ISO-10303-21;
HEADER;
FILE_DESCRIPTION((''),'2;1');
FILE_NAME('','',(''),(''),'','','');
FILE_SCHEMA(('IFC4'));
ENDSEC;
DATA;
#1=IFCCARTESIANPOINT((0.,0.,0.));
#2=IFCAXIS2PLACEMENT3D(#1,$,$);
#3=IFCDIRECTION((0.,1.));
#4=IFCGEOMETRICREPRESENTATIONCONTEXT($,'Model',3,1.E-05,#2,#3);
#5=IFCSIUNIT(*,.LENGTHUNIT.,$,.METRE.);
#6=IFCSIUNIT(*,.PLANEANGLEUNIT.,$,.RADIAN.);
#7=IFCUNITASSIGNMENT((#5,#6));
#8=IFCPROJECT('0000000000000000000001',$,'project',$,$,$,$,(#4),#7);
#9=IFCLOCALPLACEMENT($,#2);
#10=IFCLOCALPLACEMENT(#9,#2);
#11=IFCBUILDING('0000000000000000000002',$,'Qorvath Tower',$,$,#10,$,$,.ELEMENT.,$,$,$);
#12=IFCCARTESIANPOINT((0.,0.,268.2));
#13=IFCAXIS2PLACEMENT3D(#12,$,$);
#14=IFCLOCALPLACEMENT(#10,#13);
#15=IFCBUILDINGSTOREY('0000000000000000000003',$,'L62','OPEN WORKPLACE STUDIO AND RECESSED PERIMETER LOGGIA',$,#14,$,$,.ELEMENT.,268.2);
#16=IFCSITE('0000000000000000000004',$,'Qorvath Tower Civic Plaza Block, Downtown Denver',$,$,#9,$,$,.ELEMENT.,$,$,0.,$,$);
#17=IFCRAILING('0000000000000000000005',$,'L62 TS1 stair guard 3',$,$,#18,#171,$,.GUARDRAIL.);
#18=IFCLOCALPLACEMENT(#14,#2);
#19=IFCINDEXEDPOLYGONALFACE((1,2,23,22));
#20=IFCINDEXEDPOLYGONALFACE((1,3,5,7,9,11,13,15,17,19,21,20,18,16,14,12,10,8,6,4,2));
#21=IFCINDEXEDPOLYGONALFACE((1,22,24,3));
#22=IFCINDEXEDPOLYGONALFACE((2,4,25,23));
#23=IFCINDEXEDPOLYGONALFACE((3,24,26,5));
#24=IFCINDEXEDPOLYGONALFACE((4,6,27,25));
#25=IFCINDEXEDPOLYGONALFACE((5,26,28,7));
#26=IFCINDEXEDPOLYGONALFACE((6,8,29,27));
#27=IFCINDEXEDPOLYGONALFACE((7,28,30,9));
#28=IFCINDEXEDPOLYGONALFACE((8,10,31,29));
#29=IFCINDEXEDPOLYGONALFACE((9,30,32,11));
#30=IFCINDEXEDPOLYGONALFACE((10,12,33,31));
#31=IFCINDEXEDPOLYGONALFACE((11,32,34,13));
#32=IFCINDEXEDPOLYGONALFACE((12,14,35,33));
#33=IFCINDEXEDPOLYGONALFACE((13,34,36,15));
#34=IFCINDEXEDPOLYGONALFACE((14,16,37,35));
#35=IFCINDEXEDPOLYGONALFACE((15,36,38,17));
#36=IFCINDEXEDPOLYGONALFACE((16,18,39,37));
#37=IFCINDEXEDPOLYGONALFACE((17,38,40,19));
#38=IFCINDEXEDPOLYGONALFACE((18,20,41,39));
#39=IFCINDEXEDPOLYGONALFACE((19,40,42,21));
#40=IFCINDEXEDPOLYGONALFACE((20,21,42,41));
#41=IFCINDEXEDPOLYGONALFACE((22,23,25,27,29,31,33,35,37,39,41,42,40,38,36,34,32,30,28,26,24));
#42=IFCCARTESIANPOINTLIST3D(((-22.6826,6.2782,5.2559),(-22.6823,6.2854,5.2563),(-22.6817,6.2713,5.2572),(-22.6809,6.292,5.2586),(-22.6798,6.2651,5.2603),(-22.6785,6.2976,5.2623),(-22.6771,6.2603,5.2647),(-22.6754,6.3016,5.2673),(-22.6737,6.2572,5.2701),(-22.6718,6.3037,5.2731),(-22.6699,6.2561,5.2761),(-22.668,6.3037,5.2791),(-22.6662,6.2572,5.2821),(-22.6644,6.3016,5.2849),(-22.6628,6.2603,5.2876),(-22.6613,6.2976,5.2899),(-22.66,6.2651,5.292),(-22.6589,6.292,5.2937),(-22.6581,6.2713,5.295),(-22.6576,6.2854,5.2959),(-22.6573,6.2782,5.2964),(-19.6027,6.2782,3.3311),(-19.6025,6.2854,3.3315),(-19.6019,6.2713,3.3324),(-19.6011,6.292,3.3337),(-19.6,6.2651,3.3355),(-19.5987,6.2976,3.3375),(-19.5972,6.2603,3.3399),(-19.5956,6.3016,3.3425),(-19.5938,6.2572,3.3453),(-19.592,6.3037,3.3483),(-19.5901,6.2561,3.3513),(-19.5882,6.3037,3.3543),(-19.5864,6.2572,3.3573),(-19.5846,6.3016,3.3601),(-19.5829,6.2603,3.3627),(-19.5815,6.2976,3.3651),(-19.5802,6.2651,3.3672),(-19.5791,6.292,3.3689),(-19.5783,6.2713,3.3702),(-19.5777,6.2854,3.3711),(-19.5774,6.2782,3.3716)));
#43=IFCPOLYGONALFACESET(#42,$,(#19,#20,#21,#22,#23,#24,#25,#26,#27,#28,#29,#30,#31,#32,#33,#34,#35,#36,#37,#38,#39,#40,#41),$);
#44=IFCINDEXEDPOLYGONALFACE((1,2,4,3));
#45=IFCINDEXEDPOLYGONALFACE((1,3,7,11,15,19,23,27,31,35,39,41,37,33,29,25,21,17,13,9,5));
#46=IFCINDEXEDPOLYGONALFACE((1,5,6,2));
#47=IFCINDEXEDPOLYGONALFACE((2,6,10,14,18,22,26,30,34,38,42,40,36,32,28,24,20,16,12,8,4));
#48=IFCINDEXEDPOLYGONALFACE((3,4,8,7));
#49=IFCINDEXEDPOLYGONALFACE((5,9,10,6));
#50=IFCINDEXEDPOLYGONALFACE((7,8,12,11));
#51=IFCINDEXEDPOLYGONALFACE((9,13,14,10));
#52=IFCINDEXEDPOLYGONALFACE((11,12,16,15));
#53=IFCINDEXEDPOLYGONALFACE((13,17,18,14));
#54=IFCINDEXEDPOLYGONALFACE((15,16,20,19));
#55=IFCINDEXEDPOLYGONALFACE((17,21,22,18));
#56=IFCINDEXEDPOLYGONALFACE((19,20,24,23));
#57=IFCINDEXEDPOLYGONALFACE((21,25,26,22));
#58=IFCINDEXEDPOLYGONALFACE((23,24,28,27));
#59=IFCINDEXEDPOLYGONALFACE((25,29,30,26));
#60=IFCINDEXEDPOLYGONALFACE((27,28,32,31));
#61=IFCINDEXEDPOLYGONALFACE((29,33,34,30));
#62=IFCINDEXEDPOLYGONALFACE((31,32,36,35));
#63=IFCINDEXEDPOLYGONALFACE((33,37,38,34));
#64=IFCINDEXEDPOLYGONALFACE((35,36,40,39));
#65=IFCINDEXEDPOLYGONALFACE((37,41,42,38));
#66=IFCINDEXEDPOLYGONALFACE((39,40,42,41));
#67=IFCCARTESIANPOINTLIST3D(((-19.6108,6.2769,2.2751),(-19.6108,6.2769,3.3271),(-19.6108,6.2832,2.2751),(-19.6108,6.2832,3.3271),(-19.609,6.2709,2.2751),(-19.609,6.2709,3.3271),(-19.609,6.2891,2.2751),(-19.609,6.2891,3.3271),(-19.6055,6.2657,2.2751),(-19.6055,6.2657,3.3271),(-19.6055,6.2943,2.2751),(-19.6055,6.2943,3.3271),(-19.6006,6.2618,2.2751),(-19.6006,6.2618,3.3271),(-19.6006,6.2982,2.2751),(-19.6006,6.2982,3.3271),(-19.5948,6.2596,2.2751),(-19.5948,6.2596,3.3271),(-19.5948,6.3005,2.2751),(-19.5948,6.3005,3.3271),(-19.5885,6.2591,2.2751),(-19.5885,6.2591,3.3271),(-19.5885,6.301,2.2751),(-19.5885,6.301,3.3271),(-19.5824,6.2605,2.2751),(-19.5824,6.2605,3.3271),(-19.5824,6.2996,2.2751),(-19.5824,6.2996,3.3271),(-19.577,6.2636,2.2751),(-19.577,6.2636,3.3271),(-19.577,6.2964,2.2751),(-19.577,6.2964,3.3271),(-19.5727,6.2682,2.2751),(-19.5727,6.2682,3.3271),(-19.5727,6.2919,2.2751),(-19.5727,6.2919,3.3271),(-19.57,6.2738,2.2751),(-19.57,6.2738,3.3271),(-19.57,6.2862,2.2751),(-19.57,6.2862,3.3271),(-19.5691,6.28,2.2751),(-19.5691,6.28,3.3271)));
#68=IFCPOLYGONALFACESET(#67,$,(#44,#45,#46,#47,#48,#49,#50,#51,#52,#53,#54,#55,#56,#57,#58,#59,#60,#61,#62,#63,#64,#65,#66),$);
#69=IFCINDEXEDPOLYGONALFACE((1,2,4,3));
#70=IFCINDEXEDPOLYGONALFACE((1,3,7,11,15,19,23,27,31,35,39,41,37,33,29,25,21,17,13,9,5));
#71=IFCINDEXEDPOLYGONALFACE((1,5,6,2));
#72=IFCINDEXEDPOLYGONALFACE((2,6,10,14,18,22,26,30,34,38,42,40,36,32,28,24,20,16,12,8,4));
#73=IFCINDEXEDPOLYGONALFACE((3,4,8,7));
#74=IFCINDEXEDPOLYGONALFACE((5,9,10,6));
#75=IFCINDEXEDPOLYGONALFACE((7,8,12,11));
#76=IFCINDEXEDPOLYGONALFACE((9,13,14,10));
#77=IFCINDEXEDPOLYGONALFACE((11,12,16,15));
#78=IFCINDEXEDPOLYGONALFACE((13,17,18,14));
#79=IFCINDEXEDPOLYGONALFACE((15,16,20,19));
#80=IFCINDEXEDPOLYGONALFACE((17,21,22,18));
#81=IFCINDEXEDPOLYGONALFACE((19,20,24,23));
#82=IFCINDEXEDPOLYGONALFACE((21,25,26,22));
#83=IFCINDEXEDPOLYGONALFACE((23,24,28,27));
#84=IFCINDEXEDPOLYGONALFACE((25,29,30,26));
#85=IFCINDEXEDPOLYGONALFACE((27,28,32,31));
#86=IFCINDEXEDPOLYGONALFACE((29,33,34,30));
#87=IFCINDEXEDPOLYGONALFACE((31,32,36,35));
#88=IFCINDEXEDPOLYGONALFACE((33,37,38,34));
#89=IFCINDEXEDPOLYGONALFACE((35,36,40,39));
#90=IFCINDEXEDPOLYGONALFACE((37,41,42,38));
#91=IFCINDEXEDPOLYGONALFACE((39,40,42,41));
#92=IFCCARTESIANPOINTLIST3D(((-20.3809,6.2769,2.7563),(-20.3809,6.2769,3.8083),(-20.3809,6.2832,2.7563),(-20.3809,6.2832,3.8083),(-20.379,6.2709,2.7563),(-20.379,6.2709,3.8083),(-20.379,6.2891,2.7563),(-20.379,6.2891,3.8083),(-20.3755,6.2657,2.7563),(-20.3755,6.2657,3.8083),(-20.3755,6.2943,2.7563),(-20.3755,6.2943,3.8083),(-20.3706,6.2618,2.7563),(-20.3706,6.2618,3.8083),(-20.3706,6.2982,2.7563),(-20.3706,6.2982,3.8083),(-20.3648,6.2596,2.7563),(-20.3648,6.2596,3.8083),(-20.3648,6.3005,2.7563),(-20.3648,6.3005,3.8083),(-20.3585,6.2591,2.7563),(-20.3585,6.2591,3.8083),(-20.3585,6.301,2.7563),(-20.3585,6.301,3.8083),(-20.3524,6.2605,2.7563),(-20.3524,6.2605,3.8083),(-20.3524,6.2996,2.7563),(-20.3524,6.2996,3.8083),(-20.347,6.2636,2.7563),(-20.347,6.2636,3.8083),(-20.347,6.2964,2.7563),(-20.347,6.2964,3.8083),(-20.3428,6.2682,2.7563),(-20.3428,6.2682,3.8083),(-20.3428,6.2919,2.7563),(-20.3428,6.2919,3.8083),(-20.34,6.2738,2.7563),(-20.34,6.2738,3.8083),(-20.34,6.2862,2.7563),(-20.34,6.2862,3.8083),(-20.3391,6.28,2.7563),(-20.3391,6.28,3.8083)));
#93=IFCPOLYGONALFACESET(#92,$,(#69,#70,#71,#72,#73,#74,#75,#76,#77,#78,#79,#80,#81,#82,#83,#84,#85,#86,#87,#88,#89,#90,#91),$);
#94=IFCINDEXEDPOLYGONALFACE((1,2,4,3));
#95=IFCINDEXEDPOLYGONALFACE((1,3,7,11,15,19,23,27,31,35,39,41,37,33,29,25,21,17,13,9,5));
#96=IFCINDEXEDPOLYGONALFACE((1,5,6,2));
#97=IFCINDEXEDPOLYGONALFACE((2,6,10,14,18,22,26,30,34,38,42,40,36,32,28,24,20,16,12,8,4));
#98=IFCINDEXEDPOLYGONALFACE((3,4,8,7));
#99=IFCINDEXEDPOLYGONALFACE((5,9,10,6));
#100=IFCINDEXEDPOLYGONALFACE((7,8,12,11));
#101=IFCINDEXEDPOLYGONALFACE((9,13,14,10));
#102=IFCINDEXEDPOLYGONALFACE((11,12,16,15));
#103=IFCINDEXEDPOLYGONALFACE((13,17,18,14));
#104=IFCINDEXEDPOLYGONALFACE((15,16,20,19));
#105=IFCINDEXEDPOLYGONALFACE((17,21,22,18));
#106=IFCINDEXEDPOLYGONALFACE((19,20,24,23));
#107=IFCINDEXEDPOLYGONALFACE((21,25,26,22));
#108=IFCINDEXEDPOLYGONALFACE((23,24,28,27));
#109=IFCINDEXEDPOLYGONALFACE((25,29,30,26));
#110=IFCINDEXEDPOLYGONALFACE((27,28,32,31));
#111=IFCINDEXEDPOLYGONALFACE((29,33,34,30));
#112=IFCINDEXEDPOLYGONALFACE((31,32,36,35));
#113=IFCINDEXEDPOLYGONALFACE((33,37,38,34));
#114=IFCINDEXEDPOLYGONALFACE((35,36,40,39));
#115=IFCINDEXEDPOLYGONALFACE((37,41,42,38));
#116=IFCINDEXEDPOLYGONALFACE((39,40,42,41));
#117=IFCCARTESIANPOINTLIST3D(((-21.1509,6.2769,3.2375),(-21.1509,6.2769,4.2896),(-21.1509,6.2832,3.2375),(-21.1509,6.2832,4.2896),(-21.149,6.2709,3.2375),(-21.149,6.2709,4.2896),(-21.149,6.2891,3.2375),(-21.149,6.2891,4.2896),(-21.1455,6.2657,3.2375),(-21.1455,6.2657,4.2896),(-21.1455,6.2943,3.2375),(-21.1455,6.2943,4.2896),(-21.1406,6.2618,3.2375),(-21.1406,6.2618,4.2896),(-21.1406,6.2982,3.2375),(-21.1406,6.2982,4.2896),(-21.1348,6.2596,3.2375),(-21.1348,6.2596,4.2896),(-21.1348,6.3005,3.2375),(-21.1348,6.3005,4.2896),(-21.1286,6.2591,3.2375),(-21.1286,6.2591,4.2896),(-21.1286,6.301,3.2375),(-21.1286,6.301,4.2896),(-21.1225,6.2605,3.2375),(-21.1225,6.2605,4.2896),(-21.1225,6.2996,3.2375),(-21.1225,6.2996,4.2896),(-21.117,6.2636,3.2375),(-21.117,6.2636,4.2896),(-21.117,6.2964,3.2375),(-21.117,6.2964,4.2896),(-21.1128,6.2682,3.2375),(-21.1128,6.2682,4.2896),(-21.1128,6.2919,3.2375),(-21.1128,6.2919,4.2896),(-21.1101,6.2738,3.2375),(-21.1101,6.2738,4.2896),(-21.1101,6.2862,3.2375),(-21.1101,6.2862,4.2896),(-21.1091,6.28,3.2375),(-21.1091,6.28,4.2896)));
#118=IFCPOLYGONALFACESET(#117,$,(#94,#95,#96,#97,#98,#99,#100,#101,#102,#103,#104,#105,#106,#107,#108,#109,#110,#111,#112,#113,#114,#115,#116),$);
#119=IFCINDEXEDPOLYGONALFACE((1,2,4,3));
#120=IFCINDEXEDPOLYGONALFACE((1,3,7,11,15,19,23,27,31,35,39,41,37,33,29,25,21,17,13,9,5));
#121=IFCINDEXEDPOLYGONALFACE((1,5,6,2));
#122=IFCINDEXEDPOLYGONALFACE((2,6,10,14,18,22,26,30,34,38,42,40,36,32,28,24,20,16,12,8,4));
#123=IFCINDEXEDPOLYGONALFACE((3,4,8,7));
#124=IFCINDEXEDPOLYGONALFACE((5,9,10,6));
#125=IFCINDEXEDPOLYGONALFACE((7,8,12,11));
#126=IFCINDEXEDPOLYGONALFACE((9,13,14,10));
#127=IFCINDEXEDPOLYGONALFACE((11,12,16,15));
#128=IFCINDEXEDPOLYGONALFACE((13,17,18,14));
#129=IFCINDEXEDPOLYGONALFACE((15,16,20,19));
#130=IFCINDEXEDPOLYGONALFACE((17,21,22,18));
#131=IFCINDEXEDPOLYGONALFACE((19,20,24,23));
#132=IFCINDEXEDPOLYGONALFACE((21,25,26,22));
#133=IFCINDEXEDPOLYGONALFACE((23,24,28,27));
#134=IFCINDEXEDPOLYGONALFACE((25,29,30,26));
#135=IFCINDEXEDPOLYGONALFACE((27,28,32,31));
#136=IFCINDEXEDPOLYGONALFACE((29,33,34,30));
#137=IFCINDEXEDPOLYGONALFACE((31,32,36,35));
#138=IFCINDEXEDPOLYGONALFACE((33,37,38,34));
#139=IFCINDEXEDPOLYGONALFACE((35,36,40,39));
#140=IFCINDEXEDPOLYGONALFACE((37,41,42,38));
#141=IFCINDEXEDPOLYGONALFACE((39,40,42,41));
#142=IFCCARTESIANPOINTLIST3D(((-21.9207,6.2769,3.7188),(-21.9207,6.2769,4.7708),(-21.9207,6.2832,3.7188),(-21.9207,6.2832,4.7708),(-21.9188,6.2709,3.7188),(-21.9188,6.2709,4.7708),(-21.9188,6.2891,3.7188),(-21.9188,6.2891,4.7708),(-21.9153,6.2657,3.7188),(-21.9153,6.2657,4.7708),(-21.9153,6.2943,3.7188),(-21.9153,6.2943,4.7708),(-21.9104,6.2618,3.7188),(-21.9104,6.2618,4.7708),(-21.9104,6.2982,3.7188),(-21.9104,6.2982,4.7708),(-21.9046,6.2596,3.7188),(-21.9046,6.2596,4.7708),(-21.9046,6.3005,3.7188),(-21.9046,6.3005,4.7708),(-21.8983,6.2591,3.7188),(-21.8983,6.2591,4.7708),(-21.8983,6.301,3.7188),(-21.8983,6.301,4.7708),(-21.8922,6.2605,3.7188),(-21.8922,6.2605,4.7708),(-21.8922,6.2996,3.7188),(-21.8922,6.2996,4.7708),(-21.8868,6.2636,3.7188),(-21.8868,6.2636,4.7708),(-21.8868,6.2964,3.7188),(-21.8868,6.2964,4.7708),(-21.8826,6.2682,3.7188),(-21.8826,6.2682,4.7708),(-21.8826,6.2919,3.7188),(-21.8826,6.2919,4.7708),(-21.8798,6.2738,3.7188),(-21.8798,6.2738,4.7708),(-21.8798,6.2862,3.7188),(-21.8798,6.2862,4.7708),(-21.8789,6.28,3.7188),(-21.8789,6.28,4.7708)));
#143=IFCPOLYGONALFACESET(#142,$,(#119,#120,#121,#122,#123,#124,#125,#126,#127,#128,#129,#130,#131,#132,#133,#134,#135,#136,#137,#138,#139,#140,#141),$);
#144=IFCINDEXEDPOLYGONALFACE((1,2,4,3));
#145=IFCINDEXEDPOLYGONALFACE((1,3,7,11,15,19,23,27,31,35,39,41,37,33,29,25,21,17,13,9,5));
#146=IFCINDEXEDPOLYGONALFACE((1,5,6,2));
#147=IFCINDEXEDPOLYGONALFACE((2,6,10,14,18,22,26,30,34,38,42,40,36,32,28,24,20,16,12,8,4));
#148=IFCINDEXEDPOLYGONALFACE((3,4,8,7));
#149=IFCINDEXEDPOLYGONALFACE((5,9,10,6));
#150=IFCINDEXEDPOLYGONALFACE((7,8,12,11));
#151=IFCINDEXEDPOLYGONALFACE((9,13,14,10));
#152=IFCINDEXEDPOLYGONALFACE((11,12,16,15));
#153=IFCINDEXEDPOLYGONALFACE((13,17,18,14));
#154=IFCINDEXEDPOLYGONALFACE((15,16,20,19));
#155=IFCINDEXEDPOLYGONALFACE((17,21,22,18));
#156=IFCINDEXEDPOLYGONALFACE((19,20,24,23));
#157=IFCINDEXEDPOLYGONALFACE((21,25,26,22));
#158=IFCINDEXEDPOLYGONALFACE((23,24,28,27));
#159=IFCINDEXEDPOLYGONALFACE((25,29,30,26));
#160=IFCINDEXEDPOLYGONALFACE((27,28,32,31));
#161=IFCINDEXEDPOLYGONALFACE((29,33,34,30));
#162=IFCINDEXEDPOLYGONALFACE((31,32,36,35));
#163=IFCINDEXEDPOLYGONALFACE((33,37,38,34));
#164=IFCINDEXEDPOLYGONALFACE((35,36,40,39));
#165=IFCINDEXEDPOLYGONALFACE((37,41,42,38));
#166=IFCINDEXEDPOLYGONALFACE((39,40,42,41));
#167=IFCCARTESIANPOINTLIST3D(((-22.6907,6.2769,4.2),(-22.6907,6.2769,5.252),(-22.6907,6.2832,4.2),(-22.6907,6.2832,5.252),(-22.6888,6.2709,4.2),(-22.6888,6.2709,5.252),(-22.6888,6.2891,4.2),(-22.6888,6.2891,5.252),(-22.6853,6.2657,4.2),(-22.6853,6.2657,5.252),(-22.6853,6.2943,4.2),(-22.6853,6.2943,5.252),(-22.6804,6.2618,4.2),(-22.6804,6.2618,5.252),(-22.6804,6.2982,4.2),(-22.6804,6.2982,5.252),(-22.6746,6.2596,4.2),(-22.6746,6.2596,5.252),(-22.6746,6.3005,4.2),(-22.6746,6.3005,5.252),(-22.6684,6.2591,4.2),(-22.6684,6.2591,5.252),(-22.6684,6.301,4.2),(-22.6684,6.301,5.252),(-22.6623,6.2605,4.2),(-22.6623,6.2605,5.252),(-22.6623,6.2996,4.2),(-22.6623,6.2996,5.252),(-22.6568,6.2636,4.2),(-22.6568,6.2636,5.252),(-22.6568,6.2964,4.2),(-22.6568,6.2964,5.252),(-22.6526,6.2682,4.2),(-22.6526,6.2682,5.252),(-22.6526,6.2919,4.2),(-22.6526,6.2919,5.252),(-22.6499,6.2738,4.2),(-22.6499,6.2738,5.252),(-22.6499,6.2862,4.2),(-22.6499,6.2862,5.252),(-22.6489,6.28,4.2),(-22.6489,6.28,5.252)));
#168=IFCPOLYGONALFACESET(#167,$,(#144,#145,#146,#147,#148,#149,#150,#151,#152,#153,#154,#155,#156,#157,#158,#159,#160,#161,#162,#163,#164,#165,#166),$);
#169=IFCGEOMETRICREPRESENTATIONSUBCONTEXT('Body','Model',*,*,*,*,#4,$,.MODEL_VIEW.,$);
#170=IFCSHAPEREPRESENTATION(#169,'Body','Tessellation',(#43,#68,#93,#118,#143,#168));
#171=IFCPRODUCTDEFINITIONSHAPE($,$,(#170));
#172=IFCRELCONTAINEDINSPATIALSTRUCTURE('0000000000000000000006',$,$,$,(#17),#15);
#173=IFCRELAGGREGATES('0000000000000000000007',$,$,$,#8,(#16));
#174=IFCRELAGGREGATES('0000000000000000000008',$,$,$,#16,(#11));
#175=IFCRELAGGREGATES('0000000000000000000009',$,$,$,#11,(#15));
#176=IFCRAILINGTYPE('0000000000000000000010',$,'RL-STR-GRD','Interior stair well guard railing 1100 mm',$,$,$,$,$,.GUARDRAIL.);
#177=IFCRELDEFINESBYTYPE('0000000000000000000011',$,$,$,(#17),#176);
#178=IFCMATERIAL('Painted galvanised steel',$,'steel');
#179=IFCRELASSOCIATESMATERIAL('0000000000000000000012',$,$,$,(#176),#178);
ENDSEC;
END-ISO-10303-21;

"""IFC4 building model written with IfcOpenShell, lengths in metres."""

from ifc_helpers import new_model, si_unit, direction, frame, origin, origin_2d, place, context, subcontext, project, spatial, circle, extrude, material, type_object, element, save


model = new_model("IFC4")

# Units and contexts
model_context = context("Model", 3, precision=1e-05, world=origin(), true_north=direction((0.0, 1.0)))
body_context = subcontext(model_context, "Body", "Model", "MODEL_VIEW")
ifc_project = project(units=[si_unit("LENGTHUNIT", "METRE"), si_unit("PLANEANGLEUNIT", "RADIAN")], contexts=[model_context])

# Site, building, storey
site_placement = place(None, origin())
site = spatial("IfcSite", under=ifc_project, at=site_placement, Name="Qorvath Tower Civic Plaza Block, Downtown Denver", CompositionType="ELEMENT", RefElevation=0.0)
building_placement = place(site_placement, origin())
building = spatial("IfcBuilding", under=site, at=building_placement, Name="Qorvath Tower", CompositionType="ELEMENT")
storey_placement = place(building_placement, frame((0.0, 0.0, 268.2)))
storey = spatial("IfcBuildingStorey", under=building, at=storey_placement, Name="L62", Description="OPEN WORKPLACE STUDIO AND RECESSED PERIMETER LOGGIA", CompositionType="ELEMENT", Elevation=268.2)

# Railing
ifc_material_1 = material(Name="Painted galvanised steel", Category="steel")
railing_type_1 = type_object("IfcRailingType", Name="RL-STR-GRD", Description="Interior stair well guard railing 1100 mm", PredefinedType="GUARDRAIL", material=ifc_material_1)
railing_1_placement = place(storey_placement, frame((-19.5901, 6.28, 2.2751)))
element("IfcRailing", 1, at=railing_1_placement, inside=storey, type_object=railing_type_1, Name="L62 TS1 stair guard 3", PredefinedType="GUARDRAIL", context=body_context, shape_type="SweptSolid", body=[
    extrude(circle(Radius=0.0239, at=origin_2d()), frame((0.0, 0.0, 1.0762), z_axis=(-0.84801, 0.0, 0.529981), x_axis=(0.0, -1.0, 0.0)), (0.0, 0.0, 1.0), 3.6318),
    extrude(circle(Radius=0.021, at=origin_2d()), origin(), (0.0, 0.0, 1.0), 1.052),
    extrude(circle(Radius=0.021, at=origin_2d()), frame((-0.77, 0.0, 0.4812)), (0.0, 0.0, 1.0), 1.052),
    extrude(circle(Radius=0.021, at=origin_2d()), frame((-1.54, 0.0, 0.9624)), (0.0, 0.0, 1.0), 1.052),
    extrude(circle(Radius=0.021, at=origin_2d()), frame((-2.3098, 0.0, 1.4436)), (0.0, 0.0, 1.0), 1.052),
    extrude(circle(Radius=0.021, at=origin_2d()), frame((-3.0798, 0.0, 1.9248)), (0.0, 0.0, 1.0), 1.052),
])

save(model, "model.ifc")
